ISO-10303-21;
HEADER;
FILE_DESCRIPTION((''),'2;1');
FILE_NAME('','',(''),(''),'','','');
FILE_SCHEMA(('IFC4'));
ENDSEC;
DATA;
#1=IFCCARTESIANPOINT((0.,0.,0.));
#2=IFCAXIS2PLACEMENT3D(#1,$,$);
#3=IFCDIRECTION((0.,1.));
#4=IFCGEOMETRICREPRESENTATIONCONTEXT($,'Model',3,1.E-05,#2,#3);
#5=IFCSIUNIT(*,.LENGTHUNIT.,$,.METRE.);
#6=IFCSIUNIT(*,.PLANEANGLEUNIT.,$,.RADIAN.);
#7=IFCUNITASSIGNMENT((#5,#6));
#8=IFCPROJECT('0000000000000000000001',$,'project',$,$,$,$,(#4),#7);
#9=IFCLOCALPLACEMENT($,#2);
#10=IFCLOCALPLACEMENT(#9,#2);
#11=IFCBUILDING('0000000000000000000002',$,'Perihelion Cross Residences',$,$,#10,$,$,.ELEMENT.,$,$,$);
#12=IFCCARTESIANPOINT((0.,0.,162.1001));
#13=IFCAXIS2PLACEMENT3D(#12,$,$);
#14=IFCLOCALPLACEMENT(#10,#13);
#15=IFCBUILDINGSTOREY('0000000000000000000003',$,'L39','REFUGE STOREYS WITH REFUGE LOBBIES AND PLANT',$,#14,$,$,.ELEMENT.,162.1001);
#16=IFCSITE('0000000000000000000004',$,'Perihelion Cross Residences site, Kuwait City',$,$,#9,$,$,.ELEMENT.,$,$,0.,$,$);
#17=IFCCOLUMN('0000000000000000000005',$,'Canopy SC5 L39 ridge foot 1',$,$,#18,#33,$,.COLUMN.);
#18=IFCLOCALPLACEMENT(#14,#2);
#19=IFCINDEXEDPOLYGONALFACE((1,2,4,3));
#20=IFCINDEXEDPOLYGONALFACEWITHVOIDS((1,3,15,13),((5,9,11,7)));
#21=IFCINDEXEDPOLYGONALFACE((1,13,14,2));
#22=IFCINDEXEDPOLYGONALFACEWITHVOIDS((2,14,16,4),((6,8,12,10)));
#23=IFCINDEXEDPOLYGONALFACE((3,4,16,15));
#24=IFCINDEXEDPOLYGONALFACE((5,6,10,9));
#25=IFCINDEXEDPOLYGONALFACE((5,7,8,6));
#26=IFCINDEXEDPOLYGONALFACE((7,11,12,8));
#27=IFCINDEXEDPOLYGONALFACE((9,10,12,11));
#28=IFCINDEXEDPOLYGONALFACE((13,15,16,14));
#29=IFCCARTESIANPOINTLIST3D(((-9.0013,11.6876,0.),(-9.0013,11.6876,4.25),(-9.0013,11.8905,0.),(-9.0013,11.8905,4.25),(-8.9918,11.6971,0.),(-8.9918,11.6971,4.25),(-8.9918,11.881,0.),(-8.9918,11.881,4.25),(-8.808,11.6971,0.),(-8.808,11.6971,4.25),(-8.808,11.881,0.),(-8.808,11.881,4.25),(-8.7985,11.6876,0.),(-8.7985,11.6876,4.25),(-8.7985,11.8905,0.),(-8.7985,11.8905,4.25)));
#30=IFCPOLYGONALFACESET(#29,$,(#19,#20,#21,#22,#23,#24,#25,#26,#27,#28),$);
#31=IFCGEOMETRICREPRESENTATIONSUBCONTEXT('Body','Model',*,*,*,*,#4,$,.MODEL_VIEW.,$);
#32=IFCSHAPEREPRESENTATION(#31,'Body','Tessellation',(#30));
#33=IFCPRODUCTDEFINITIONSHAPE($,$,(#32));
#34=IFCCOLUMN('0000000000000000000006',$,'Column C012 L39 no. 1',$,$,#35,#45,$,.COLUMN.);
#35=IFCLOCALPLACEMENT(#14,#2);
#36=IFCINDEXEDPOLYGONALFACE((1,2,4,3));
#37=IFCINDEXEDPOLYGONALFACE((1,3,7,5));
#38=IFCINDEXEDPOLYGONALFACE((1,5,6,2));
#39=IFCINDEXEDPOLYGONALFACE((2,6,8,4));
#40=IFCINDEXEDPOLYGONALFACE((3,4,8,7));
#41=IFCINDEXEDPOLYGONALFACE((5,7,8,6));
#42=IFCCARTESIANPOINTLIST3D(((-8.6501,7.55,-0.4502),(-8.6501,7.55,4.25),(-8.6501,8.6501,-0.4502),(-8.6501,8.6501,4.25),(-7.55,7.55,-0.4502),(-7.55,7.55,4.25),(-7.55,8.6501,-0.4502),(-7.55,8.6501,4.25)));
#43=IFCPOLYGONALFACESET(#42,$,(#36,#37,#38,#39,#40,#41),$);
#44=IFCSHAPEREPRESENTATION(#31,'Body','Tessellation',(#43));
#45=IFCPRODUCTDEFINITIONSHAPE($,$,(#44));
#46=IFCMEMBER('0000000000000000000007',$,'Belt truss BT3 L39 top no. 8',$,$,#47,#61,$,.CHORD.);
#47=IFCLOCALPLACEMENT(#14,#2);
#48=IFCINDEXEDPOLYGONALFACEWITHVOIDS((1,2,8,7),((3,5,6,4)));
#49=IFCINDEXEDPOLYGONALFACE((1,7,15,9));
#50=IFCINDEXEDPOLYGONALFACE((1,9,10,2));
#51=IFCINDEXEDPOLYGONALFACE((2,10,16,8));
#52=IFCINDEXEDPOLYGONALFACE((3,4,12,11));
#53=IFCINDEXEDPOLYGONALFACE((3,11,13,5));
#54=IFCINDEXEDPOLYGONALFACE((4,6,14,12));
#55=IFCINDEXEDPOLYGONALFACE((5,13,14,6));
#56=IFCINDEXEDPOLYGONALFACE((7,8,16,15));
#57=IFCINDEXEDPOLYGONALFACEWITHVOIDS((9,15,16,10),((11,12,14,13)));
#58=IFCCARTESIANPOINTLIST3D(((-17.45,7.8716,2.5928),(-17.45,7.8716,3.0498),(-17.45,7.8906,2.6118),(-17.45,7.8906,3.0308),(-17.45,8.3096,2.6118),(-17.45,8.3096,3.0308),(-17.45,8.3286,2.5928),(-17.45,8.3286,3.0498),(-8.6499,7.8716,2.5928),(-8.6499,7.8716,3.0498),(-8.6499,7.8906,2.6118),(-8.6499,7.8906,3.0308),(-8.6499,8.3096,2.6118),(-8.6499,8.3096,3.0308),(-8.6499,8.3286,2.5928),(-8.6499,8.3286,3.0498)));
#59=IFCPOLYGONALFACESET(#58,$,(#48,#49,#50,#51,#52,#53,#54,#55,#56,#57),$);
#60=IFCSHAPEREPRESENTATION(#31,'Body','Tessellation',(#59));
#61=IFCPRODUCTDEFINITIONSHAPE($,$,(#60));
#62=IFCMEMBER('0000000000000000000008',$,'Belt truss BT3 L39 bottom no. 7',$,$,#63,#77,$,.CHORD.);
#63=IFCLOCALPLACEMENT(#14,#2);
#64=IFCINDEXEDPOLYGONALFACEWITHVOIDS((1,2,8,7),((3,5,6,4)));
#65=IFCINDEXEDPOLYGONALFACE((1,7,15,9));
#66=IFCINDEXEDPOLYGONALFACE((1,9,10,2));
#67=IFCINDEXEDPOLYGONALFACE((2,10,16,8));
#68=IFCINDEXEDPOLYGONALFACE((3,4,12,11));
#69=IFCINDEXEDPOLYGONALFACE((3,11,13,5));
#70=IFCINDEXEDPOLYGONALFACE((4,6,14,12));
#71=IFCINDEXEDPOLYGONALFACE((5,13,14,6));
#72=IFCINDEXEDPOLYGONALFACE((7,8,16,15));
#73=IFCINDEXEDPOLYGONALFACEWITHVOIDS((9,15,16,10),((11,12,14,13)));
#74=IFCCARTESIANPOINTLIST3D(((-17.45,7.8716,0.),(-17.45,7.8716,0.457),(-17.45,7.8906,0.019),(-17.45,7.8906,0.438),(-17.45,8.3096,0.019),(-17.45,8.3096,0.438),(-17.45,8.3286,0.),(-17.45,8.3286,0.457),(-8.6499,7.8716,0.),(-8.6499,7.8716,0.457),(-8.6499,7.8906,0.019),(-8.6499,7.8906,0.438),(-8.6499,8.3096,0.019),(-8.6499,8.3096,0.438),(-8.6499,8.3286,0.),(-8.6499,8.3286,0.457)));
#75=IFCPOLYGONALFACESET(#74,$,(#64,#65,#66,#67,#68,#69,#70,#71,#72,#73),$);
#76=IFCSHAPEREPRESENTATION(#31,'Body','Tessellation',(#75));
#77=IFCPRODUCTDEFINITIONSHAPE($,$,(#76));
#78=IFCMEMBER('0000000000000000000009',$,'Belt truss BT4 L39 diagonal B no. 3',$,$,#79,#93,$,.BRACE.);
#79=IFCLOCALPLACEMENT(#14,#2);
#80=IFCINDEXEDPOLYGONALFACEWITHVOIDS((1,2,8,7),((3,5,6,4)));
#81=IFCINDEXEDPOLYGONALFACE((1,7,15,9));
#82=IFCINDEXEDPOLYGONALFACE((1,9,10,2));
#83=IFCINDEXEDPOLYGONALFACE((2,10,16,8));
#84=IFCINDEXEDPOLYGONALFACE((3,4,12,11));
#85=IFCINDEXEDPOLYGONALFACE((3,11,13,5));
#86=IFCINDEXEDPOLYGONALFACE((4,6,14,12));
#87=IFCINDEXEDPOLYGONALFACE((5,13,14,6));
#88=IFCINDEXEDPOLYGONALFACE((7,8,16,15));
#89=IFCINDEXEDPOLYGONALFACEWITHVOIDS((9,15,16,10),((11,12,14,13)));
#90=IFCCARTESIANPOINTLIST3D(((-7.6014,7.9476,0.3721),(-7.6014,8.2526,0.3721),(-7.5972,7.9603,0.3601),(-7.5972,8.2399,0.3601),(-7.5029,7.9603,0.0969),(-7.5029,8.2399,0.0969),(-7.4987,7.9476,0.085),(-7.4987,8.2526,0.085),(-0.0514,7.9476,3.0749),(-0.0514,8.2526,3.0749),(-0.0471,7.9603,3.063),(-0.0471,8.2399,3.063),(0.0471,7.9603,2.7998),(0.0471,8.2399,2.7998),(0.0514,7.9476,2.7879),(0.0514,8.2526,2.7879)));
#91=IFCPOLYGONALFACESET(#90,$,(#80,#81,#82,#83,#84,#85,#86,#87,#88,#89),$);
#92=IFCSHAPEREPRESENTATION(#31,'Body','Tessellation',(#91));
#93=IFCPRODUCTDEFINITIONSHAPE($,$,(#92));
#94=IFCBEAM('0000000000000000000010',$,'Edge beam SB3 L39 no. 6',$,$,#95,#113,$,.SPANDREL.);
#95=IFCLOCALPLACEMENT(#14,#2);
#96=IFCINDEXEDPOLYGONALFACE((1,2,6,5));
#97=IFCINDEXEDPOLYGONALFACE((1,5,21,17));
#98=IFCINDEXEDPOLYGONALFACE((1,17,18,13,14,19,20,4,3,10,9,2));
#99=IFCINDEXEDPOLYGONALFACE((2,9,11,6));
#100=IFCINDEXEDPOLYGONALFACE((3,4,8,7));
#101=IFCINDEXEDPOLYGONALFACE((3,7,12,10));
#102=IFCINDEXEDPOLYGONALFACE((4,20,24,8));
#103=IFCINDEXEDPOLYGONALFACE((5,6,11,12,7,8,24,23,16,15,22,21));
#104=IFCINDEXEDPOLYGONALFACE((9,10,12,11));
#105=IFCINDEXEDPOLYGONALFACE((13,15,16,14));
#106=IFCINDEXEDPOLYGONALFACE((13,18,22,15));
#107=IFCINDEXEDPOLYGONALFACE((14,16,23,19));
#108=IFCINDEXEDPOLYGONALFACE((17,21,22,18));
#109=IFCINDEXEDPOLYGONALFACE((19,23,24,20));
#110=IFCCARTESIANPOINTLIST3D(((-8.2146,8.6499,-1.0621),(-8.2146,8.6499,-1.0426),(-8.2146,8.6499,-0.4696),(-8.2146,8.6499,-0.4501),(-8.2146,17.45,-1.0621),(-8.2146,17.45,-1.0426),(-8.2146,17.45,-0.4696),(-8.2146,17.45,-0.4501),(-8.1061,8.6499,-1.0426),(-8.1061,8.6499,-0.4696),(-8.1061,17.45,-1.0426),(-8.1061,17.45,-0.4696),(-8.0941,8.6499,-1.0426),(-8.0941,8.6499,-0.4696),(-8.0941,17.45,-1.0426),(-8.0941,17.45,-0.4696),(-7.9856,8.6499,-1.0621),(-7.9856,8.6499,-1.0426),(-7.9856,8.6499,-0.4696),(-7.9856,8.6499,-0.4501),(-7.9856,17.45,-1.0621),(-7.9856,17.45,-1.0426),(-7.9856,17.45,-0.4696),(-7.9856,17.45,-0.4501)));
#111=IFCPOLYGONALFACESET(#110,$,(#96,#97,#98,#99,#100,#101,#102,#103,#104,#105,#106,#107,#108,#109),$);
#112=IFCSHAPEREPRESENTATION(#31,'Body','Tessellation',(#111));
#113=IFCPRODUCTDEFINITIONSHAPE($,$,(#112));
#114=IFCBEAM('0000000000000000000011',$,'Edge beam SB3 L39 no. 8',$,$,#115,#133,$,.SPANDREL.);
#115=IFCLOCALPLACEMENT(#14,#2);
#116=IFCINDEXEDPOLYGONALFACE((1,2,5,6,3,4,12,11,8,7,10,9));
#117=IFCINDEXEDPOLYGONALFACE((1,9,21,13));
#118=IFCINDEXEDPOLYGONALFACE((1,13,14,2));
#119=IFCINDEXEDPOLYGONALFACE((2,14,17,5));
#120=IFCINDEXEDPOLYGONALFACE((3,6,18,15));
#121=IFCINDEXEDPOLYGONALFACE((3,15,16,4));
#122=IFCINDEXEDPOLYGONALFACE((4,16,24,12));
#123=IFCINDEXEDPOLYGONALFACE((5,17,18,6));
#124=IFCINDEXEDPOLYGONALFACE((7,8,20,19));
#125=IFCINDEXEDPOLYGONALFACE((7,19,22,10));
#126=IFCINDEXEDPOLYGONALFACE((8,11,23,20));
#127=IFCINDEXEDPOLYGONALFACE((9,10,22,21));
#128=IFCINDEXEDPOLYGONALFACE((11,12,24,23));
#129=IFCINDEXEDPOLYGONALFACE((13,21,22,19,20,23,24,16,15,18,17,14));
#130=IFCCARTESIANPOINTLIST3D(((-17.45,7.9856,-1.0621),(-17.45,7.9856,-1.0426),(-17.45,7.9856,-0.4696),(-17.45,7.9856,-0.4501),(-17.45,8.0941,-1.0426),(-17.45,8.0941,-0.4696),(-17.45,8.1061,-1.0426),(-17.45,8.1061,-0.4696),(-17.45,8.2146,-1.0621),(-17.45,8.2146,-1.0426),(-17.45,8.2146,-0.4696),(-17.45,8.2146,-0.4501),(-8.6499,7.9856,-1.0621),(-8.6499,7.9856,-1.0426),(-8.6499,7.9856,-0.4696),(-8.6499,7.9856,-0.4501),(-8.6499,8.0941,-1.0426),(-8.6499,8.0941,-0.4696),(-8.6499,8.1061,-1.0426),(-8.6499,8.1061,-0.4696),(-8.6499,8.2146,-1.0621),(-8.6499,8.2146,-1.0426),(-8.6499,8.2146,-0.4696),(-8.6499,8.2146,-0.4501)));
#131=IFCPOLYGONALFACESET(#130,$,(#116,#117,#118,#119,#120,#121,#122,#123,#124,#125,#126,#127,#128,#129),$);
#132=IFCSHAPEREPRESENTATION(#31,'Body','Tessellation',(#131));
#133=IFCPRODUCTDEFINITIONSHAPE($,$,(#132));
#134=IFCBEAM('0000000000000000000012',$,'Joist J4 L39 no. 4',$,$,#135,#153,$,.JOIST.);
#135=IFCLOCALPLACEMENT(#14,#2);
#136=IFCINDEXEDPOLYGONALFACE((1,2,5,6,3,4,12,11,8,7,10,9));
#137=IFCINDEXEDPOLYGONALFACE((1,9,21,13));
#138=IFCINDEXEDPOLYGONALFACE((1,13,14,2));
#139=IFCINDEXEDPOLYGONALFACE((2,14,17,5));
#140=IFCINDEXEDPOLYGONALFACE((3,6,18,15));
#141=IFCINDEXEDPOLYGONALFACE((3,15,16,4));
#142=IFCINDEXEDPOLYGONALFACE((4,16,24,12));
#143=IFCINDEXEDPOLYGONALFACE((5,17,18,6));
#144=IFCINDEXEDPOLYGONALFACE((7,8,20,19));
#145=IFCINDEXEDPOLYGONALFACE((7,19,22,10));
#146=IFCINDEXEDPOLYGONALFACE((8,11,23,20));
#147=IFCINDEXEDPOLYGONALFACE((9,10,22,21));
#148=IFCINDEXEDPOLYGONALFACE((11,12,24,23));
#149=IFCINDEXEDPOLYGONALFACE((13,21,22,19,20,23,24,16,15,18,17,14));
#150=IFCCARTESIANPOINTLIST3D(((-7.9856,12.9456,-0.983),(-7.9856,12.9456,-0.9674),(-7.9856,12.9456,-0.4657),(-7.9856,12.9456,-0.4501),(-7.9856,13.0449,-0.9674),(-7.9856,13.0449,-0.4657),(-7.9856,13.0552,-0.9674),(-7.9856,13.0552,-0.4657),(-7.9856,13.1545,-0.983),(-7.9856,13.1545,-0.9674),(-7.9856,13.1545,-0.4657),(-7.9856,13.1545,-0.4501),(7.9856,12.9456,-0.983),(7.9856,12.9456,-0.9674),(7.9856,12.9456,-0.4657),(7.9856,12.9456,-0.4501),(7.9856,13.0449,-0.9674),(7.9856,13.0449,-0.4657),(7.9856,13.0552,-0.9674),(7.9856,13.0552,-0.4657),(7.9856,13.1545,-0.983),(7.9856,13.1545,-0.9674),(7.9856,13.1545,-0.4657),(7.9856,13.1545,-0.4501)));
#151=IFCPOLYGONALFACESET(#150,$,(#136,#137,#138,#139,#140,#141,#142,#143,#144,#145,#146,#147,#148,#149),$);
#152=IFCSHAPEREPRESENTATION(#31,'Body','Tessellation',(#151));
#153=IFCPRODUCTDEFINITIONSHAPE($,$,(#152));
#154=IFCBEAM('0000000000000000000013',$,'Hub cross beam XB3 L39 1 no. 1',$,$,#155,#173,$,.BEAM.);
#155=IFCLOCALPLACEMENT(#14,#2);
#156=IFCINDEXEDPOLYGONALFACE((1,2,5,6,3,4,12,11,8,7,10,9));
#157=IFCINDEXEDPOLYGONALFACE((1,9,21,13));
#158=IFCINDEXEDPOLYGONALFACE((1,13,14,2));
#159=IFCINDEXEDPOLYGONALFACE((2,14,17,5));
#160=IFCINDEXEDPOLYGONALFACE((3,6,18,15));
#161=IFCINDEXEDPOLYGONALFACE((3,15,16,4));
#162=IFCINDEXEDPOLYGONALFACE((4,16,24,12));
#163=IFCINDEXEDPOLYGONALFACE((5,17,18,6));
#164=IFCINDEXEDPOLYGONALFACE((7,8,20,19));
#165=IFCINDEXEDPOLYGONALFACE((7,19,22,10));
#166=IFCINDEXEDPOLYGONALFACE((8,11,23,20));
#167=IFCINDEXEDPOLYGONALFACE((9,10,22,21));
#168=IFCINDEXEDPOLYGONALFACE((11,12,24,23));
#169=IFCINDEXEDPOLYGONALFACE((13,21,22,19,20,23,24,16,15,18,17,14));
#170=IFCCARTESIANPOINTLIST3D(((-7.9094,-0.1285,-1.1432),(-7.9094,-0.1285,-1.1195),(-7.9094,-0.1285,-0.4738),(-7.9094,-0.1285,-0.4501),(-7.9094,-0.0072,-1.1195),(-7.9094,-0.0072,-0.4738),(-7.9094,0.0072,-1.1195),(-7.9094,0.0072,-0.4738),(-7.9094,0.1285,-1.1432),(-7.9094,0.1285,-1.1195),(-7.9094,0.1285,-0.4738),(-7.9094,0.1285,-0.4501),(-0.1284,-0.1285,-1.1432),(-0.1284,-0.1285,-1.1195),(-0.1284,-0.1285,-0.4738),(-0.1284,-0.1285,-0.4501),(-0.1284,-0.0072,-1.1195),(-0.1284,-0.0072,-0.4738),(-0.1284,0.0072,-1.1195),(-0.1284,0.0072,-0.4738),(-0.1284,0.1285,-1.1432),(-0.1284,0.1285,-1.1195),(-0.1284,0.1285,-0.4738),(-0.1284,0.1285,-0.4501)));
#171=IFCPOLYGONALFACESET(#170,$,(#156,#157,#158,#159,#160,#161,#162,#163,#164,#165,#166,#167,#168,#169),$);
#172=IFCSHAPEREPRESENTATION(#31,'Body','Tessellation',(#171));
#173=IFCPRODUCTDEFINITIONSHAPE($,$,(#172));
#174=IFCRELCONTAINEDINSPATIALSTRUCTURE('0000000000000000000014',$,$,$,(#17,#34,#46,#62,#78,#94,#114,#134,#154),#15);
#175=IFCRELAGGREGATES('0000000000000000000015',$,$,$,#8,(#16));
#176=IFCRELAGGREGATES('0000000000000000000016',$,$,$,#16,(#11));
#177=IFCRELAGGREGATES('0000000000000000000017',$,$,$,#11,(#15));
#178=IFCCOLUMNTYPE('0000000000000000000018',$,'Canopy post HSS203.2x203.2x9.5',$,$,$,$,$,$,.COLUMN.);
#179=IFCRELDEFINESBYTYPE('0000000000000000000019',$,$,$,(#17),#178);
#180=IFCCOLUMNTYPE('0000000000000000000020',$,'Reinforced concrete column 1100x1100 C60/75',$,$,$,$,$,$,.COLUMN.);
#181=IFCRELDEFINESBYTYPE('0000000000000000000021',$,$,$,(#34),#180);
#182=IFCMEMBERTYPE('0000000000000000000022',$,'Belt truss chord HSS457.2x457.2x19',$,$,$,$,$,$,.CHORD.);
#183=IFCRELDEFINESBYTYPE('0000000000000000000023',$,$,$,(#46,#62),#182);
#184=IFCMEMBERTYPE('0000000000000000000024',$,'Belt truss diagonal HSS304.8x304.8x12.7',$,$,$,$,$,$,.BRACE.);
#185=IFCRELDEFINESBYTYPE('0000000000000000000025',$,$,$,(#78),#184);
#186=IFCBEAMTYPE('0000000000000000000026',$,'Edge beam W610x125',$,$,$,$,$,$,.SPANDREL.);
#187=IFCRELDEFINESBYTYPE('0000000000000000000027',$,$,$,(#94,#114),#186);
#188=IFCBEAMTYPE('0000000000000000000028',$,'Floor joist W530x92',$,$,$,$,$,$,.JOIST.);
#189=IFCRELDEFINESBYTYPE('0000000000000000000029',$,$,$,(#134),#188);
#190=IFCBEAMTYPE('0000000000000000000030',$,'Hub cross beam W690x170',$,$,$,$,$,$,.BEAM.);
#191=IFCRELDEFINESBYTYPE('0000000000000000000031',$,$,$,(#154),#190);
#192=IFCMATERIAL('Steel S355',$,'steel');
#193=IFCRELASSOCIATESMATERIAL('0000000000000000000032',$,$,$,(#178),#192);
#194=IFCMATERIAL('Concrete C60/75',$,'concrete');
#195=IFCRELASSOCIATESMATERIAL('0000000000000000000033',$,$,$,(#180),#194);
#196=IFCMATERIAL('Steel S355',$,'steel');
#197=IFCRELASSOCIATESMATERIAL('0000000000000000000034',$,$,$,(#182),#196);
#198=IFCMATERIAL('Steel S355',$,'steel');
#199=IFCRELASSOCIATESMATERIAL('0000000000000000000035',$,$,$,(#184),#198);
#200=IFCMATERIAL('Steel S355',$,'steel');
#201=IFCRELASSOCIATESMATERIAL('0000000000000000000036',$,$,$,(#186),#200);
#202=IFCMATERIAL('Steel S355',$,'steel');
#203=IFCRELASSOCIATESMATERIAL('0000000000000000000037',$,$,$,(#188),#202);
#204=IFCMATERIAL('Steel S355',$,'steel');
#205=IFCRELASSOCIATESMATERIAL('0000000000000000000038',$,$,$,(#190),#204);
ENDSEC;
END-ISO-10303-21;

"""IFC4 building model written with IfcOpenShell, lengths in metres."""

from ifc_helpers import new_model, si_unit, direction, frame, origin, origin_2d, place, context, subcontext, project, spatial, rectangle, hollow_rectangle, i_section, extrude, material, material_profile, profile_set, type_object, element, save


model = new_model("IFC4")

# Units and contexts
model_context = context("Model", 3, precision=1e-05, world=origin(), true_north=direction((0.0, 1.0)))
body_context = subcontext(model_context, "Body", "Model", "MODEL_VIEW")
ifc_project = project(units=[si_unit("LENGTHUNIT", "METRE"), si_unit("PLANEANGLEUNIT", "RADIAN")], contexts=[model_context])

# Site, building, storey
site_placement = place(None, origin())
site = spatial("IfcSite", under=ifc_project, at=site_placement, Name="Perihelion Cross Residences site, Kuwait City", CompositionType="ELEMENT", RefElevation=0.0)
building_placement = place(site_placement, origin())
building = spatial("IfcBuilding", under=site, at=building_placement, Name="Perihelion Cross Residences", CompositionType="ELEMENT")
storey_placement = place(building_placement, frame((0.0, 0.0, 162.1001)))
storey = spatial("IfcBuildingStorey", under=building, at=storey_placement, Name="L39", Description="REFUGE STOREYS WITH REFUGE LOBBIES AND PLANT", CompositionType="ELEMENT", Elevation=162.1001)

# Columns
ifc_material_1 = material(Name="Steel S355", Category="steel")
ifc_material_profile_1 = material_profile(ifc_material_1, hollow_rectangle(XDim=0.2029, YDim=0.2029, WallThickness=0.0095, at=origin_2d()), Name="HSS203.2x203.2x9.5")
ifc_profile_set_1 = profile_set([ifc_material_profile_1], Name="Steel S355")
column_type_1 = type_object("IfcColumnType", Name="Canopy post HSS203.2x203.2x9.5", PredefinedType="COLUMN", material=ifc_profile_set_1)
column_1_placement = place(storey_placement, frame((-8.8999, 11.7891, 0.0), z_axis=(0.0, 0.0, 1.0), x_axis=(1.0, 0.0, 0.0)))
element("IfcColumn", 1, at=column_1_placement, inside=storey, type_object=column_type_1, Name="Canopy SC5 L39 ridge foot 1", PredefinedType="COLUMN", context=body_context, shape_type="SweptSolid", body=[
    extrude(hollow_rectangle(XDim=0.2029, YDim=0.2029, WallThickness=0.0095, at=origin_2d()), origin(), (0.0, 0.0, 1.0), 4.25),
])
ifc_material_2 = material(Name="Concrete C60/75", Category="concrete")
ifc_material_profile_2 = material_profile(ifc_material_2, rectangle(XDim=1.1001, YDim=1.1001, at=origin_2d()), Name="RC 1100x1100")
ifc_profile_set_2 = profile_set([ifc_material_profile_2], Name="Concrete C60/75")
column_type_2 = type_object("IfcColumnType", Name="Reinforced concrete column 1100x1100 C60/75", PredefinedType="COLUMN", material=ifc_profile_set_2)
column_2_placement = place(storey_placement, frame((-8.1001, 8.1001, -0.4502), z_axis=(0.0, 0.0, 1.0), x_axis=(1.0, 0.0, 0.0)))
element("IfcColumn", 2, at=column_2_placement, inside=storey, type_object=column_type_2, Name="Column C012 L39 no. 1", PredefinedType="COLUMN", context=body_context, shape_type="SweptSolid", body=[
    extrude(rectangle(XDim=1.1001, YDim=1.1001, at=origin_2d()), origin(), (0.0, 0.0, 1.0), 4.7002),
])

# Members
ifc_material_3 = material(Name="Steel S355", Category="steel")
ifc_material_profile_3 = material_profile(ifc_material_3, hollow_rectangle(XDim=0.457, YDim=0.457, WallThickness=0.019, at=origin_2d()), Name="HSS457.2x457.2x19")
ifc_profile_set_3 = profile_set([ifc_material_profile_3], Name="Steel S355")
member_type_1 = type_object("IfcMemberType", Name="Belt truss chord HSS457.2x457.2x19", PredefinedType="CHORD", material=ifc_profile_set_3)
for number, where, z_axis, x_axis, name in (
    (3, (-8.6499, 8.1001, 2.8213), (-1.0, 0.0, 0.0), (0.0, -1.0, 0.0), "Belt truss BT3 L39 top no. 8"),
    (4, (-8.6499, 8.1001, 0.2285), (-1.0, 0.0, 0.0), (0.0, -1.0, 0.0), "Belt truss BT3 L39 bottom no. 7"),
):
    element("IfcMember", number, at=place(storey_placement, frame(where, z_axis=z_axis, x_axis=x_axis)), inside=storey, type_object=member_type_1, Name=name, PredefinedType="CHORD", context=body_context, shape_type="SweptSolid", body=[
        extrude(hollow_rectangle(XDim=0.457, YDim=0.457, WallThickness=0.019, at=origin_2d()), origin(), (0.0, 0.0, 1.0), 8.8),
    ])
ifc_material_4 = material(Name="Steel S355", Category="steel")
ifc_material_profile_4 = material_profile(ifc_material_4, hollow_rectangle(XDim=0.3049, YDim=0.3049, WallThickness=0.0127, at=origin_2d()), Name="HSS304.8x304.8x12.7")
ifc_profile_set_4 = profile_set([ifc_material_profile_4], Name="Steel S355")
member_type_2 = type_object("IfcMemberType", Name="Belt truss diagonal HSS304.8x304.8x12.7", PredefinedType="BRACE", material=ifc_profile_set_4)
member_placement = place(storey_placement, frame((-7.55, 8.1001, 0.2285), z_axis=(0.941487, 0.0, 0.337048), x_axis=(0.0, 1.0, 0.0)))
element("IfcMember", 5, at=member_placement, inside=storey, type_object=member_type_2, Name="Belt truss BT4 L39 diagonal B no. 3", PredefinedType="BRACE", context=body_context, shape_type="SweptSolid", body=[
    extrude(hollow_rectangle(XDim=0.3049, YDim=0.3049, WallThickness=0.0127, at=origin_2d()), origin(), (0.0, 0.0, 1.0), 8.0193),
])

# Beams
ifc_material_5 = material(Name="Steel S355", Category="steel")
ifc_material_profile_5 = material_profile(ifc_material_5, i_section(OverallWidth=0.229, OverallDepth=0.6121, WebThickness=0.012, FlangeThickness=0.0195, at=origin_2d()), Name="W610x125")
ifc_profile_set_5 = profile_set([ifc_material_profile_5], Name="Steel S355")
beam_type_1 = type_object("IfcBeamType", Name="Edge beam W610x125", PredefinedType="SPANDREL", material=ifc_profile_set_5)
for number, where, z_axis, x_axis, name in (
    (6, (-8.1001, 17.45, -0.7561), (0.0, -1.0, 0.0), (1.0, 0.0, 0.0), "Edge beam SB3 L39 no. 6"),
    (7, (-8.6499, 8.1001, -0.7561), (-1.0, 0.0, 0.0), (0.0, -1.0, 0.0), "Edge beam SB3 L39 no. 8"),
):
    element("IfcBeam", number, at=place(storey_placement, frame(where, z_axis=z_axis, x_axis=x_axis)), inside=storey, type_object=beam_type_1, Name=name, PredefinedType="SPANDREL", context=body_context, shape_type="SweptSolid", body=[
        extrude(i_section(OverallWidth=0.229, OverallDepth=0.6121, WebThickness=0.012, FlangeThickness=0.0195, at=origin_2d()), origin(), (0.0, 0.0, 1.0), 8.8),
    ])
ifc_material_6 = material(Name="Steel S355", Category="steel")
ifc_material_profile_6 = material_profile(ifc_material_6, i_section(OverallWidth=0.209, OverallDepth=0.533, WebThickness=0.0103, FlangeThickness=0.0156, at=origin_2d()), Name="W530x92")
ifc_profile_set_6 = profile_set([ifc_material_profile_6], Name="Steel S355")
beam_type_2 = type_object("IfcBeamType", Name="Floor joist W530x92", PredefinedType="JOIST", material=ifc_profile_set_6)
beam_1_placement = place(storey_placement, frame((-7.9856, 13.05, -0.7166), z_axis=(1.0, 0.0, 0.0), x_axis=(0.0, 1.0, 0.0)))
element("IfcBeam", 8, at=beam_1_placement, inside=storey, type_object=beam_type_2, Name="Joist J4 L39 no. 4", PredefinedType="JOIST", context=body_context, shape_type="SweptSolid", body=[
    extrude(i_section(OverallWidth=0.209, OverallDepth=0.533, WebThickness=0.0103, FlangeThickness=0.0156, at=origin_2d()), origin(), (0.0, 0.0, 1.0), 15.9712),
])
ifc_material_7 = material(Name="Steel S355", Category="steel")
ifc_material_profile_7 = material_profile(ifc_material_7, i_section(OverallWidth=0.2571, OverallDepth=0.6931, WebThickness=0.0144, FlangeThickness=0.0237, at=origin_2d()), Name="W690x170")
ifc_profile_set_7 = profile_set([ifc_material_profile_7], Name="Steel S355")
beam_type_3 = type_object("IfcBeamType", Name="Hub cross beam W690x170", PredefinedType="BEAM", material=ifc_profile_set_7)
beam_2_placement = place(storey_placement, frame((-7.9094, 0.0, -0.7966), z_axis=(1.0, 0.0, 0.0), x_axis=(0.0, 1.0, 0.0)))
element("IfcBeam", 9, at=beam_2_placement, inside=storey, type_object=beam_type_3, Name="Hub cross beam XB3 L39 1 no. 1", PredefinedType="BEAM", context=body_context, shape_type="SweptSolid", body=[
    extrude(i_section(OverallWidth=0.2571, OverallDepth=0.6931, WebThickness=0.0144, FlangeThickness=0.0237, at=origin_2d()), origin(), (0.0, 0.0, 1.0), 7.781),
])

save(model, "model.ifc")
